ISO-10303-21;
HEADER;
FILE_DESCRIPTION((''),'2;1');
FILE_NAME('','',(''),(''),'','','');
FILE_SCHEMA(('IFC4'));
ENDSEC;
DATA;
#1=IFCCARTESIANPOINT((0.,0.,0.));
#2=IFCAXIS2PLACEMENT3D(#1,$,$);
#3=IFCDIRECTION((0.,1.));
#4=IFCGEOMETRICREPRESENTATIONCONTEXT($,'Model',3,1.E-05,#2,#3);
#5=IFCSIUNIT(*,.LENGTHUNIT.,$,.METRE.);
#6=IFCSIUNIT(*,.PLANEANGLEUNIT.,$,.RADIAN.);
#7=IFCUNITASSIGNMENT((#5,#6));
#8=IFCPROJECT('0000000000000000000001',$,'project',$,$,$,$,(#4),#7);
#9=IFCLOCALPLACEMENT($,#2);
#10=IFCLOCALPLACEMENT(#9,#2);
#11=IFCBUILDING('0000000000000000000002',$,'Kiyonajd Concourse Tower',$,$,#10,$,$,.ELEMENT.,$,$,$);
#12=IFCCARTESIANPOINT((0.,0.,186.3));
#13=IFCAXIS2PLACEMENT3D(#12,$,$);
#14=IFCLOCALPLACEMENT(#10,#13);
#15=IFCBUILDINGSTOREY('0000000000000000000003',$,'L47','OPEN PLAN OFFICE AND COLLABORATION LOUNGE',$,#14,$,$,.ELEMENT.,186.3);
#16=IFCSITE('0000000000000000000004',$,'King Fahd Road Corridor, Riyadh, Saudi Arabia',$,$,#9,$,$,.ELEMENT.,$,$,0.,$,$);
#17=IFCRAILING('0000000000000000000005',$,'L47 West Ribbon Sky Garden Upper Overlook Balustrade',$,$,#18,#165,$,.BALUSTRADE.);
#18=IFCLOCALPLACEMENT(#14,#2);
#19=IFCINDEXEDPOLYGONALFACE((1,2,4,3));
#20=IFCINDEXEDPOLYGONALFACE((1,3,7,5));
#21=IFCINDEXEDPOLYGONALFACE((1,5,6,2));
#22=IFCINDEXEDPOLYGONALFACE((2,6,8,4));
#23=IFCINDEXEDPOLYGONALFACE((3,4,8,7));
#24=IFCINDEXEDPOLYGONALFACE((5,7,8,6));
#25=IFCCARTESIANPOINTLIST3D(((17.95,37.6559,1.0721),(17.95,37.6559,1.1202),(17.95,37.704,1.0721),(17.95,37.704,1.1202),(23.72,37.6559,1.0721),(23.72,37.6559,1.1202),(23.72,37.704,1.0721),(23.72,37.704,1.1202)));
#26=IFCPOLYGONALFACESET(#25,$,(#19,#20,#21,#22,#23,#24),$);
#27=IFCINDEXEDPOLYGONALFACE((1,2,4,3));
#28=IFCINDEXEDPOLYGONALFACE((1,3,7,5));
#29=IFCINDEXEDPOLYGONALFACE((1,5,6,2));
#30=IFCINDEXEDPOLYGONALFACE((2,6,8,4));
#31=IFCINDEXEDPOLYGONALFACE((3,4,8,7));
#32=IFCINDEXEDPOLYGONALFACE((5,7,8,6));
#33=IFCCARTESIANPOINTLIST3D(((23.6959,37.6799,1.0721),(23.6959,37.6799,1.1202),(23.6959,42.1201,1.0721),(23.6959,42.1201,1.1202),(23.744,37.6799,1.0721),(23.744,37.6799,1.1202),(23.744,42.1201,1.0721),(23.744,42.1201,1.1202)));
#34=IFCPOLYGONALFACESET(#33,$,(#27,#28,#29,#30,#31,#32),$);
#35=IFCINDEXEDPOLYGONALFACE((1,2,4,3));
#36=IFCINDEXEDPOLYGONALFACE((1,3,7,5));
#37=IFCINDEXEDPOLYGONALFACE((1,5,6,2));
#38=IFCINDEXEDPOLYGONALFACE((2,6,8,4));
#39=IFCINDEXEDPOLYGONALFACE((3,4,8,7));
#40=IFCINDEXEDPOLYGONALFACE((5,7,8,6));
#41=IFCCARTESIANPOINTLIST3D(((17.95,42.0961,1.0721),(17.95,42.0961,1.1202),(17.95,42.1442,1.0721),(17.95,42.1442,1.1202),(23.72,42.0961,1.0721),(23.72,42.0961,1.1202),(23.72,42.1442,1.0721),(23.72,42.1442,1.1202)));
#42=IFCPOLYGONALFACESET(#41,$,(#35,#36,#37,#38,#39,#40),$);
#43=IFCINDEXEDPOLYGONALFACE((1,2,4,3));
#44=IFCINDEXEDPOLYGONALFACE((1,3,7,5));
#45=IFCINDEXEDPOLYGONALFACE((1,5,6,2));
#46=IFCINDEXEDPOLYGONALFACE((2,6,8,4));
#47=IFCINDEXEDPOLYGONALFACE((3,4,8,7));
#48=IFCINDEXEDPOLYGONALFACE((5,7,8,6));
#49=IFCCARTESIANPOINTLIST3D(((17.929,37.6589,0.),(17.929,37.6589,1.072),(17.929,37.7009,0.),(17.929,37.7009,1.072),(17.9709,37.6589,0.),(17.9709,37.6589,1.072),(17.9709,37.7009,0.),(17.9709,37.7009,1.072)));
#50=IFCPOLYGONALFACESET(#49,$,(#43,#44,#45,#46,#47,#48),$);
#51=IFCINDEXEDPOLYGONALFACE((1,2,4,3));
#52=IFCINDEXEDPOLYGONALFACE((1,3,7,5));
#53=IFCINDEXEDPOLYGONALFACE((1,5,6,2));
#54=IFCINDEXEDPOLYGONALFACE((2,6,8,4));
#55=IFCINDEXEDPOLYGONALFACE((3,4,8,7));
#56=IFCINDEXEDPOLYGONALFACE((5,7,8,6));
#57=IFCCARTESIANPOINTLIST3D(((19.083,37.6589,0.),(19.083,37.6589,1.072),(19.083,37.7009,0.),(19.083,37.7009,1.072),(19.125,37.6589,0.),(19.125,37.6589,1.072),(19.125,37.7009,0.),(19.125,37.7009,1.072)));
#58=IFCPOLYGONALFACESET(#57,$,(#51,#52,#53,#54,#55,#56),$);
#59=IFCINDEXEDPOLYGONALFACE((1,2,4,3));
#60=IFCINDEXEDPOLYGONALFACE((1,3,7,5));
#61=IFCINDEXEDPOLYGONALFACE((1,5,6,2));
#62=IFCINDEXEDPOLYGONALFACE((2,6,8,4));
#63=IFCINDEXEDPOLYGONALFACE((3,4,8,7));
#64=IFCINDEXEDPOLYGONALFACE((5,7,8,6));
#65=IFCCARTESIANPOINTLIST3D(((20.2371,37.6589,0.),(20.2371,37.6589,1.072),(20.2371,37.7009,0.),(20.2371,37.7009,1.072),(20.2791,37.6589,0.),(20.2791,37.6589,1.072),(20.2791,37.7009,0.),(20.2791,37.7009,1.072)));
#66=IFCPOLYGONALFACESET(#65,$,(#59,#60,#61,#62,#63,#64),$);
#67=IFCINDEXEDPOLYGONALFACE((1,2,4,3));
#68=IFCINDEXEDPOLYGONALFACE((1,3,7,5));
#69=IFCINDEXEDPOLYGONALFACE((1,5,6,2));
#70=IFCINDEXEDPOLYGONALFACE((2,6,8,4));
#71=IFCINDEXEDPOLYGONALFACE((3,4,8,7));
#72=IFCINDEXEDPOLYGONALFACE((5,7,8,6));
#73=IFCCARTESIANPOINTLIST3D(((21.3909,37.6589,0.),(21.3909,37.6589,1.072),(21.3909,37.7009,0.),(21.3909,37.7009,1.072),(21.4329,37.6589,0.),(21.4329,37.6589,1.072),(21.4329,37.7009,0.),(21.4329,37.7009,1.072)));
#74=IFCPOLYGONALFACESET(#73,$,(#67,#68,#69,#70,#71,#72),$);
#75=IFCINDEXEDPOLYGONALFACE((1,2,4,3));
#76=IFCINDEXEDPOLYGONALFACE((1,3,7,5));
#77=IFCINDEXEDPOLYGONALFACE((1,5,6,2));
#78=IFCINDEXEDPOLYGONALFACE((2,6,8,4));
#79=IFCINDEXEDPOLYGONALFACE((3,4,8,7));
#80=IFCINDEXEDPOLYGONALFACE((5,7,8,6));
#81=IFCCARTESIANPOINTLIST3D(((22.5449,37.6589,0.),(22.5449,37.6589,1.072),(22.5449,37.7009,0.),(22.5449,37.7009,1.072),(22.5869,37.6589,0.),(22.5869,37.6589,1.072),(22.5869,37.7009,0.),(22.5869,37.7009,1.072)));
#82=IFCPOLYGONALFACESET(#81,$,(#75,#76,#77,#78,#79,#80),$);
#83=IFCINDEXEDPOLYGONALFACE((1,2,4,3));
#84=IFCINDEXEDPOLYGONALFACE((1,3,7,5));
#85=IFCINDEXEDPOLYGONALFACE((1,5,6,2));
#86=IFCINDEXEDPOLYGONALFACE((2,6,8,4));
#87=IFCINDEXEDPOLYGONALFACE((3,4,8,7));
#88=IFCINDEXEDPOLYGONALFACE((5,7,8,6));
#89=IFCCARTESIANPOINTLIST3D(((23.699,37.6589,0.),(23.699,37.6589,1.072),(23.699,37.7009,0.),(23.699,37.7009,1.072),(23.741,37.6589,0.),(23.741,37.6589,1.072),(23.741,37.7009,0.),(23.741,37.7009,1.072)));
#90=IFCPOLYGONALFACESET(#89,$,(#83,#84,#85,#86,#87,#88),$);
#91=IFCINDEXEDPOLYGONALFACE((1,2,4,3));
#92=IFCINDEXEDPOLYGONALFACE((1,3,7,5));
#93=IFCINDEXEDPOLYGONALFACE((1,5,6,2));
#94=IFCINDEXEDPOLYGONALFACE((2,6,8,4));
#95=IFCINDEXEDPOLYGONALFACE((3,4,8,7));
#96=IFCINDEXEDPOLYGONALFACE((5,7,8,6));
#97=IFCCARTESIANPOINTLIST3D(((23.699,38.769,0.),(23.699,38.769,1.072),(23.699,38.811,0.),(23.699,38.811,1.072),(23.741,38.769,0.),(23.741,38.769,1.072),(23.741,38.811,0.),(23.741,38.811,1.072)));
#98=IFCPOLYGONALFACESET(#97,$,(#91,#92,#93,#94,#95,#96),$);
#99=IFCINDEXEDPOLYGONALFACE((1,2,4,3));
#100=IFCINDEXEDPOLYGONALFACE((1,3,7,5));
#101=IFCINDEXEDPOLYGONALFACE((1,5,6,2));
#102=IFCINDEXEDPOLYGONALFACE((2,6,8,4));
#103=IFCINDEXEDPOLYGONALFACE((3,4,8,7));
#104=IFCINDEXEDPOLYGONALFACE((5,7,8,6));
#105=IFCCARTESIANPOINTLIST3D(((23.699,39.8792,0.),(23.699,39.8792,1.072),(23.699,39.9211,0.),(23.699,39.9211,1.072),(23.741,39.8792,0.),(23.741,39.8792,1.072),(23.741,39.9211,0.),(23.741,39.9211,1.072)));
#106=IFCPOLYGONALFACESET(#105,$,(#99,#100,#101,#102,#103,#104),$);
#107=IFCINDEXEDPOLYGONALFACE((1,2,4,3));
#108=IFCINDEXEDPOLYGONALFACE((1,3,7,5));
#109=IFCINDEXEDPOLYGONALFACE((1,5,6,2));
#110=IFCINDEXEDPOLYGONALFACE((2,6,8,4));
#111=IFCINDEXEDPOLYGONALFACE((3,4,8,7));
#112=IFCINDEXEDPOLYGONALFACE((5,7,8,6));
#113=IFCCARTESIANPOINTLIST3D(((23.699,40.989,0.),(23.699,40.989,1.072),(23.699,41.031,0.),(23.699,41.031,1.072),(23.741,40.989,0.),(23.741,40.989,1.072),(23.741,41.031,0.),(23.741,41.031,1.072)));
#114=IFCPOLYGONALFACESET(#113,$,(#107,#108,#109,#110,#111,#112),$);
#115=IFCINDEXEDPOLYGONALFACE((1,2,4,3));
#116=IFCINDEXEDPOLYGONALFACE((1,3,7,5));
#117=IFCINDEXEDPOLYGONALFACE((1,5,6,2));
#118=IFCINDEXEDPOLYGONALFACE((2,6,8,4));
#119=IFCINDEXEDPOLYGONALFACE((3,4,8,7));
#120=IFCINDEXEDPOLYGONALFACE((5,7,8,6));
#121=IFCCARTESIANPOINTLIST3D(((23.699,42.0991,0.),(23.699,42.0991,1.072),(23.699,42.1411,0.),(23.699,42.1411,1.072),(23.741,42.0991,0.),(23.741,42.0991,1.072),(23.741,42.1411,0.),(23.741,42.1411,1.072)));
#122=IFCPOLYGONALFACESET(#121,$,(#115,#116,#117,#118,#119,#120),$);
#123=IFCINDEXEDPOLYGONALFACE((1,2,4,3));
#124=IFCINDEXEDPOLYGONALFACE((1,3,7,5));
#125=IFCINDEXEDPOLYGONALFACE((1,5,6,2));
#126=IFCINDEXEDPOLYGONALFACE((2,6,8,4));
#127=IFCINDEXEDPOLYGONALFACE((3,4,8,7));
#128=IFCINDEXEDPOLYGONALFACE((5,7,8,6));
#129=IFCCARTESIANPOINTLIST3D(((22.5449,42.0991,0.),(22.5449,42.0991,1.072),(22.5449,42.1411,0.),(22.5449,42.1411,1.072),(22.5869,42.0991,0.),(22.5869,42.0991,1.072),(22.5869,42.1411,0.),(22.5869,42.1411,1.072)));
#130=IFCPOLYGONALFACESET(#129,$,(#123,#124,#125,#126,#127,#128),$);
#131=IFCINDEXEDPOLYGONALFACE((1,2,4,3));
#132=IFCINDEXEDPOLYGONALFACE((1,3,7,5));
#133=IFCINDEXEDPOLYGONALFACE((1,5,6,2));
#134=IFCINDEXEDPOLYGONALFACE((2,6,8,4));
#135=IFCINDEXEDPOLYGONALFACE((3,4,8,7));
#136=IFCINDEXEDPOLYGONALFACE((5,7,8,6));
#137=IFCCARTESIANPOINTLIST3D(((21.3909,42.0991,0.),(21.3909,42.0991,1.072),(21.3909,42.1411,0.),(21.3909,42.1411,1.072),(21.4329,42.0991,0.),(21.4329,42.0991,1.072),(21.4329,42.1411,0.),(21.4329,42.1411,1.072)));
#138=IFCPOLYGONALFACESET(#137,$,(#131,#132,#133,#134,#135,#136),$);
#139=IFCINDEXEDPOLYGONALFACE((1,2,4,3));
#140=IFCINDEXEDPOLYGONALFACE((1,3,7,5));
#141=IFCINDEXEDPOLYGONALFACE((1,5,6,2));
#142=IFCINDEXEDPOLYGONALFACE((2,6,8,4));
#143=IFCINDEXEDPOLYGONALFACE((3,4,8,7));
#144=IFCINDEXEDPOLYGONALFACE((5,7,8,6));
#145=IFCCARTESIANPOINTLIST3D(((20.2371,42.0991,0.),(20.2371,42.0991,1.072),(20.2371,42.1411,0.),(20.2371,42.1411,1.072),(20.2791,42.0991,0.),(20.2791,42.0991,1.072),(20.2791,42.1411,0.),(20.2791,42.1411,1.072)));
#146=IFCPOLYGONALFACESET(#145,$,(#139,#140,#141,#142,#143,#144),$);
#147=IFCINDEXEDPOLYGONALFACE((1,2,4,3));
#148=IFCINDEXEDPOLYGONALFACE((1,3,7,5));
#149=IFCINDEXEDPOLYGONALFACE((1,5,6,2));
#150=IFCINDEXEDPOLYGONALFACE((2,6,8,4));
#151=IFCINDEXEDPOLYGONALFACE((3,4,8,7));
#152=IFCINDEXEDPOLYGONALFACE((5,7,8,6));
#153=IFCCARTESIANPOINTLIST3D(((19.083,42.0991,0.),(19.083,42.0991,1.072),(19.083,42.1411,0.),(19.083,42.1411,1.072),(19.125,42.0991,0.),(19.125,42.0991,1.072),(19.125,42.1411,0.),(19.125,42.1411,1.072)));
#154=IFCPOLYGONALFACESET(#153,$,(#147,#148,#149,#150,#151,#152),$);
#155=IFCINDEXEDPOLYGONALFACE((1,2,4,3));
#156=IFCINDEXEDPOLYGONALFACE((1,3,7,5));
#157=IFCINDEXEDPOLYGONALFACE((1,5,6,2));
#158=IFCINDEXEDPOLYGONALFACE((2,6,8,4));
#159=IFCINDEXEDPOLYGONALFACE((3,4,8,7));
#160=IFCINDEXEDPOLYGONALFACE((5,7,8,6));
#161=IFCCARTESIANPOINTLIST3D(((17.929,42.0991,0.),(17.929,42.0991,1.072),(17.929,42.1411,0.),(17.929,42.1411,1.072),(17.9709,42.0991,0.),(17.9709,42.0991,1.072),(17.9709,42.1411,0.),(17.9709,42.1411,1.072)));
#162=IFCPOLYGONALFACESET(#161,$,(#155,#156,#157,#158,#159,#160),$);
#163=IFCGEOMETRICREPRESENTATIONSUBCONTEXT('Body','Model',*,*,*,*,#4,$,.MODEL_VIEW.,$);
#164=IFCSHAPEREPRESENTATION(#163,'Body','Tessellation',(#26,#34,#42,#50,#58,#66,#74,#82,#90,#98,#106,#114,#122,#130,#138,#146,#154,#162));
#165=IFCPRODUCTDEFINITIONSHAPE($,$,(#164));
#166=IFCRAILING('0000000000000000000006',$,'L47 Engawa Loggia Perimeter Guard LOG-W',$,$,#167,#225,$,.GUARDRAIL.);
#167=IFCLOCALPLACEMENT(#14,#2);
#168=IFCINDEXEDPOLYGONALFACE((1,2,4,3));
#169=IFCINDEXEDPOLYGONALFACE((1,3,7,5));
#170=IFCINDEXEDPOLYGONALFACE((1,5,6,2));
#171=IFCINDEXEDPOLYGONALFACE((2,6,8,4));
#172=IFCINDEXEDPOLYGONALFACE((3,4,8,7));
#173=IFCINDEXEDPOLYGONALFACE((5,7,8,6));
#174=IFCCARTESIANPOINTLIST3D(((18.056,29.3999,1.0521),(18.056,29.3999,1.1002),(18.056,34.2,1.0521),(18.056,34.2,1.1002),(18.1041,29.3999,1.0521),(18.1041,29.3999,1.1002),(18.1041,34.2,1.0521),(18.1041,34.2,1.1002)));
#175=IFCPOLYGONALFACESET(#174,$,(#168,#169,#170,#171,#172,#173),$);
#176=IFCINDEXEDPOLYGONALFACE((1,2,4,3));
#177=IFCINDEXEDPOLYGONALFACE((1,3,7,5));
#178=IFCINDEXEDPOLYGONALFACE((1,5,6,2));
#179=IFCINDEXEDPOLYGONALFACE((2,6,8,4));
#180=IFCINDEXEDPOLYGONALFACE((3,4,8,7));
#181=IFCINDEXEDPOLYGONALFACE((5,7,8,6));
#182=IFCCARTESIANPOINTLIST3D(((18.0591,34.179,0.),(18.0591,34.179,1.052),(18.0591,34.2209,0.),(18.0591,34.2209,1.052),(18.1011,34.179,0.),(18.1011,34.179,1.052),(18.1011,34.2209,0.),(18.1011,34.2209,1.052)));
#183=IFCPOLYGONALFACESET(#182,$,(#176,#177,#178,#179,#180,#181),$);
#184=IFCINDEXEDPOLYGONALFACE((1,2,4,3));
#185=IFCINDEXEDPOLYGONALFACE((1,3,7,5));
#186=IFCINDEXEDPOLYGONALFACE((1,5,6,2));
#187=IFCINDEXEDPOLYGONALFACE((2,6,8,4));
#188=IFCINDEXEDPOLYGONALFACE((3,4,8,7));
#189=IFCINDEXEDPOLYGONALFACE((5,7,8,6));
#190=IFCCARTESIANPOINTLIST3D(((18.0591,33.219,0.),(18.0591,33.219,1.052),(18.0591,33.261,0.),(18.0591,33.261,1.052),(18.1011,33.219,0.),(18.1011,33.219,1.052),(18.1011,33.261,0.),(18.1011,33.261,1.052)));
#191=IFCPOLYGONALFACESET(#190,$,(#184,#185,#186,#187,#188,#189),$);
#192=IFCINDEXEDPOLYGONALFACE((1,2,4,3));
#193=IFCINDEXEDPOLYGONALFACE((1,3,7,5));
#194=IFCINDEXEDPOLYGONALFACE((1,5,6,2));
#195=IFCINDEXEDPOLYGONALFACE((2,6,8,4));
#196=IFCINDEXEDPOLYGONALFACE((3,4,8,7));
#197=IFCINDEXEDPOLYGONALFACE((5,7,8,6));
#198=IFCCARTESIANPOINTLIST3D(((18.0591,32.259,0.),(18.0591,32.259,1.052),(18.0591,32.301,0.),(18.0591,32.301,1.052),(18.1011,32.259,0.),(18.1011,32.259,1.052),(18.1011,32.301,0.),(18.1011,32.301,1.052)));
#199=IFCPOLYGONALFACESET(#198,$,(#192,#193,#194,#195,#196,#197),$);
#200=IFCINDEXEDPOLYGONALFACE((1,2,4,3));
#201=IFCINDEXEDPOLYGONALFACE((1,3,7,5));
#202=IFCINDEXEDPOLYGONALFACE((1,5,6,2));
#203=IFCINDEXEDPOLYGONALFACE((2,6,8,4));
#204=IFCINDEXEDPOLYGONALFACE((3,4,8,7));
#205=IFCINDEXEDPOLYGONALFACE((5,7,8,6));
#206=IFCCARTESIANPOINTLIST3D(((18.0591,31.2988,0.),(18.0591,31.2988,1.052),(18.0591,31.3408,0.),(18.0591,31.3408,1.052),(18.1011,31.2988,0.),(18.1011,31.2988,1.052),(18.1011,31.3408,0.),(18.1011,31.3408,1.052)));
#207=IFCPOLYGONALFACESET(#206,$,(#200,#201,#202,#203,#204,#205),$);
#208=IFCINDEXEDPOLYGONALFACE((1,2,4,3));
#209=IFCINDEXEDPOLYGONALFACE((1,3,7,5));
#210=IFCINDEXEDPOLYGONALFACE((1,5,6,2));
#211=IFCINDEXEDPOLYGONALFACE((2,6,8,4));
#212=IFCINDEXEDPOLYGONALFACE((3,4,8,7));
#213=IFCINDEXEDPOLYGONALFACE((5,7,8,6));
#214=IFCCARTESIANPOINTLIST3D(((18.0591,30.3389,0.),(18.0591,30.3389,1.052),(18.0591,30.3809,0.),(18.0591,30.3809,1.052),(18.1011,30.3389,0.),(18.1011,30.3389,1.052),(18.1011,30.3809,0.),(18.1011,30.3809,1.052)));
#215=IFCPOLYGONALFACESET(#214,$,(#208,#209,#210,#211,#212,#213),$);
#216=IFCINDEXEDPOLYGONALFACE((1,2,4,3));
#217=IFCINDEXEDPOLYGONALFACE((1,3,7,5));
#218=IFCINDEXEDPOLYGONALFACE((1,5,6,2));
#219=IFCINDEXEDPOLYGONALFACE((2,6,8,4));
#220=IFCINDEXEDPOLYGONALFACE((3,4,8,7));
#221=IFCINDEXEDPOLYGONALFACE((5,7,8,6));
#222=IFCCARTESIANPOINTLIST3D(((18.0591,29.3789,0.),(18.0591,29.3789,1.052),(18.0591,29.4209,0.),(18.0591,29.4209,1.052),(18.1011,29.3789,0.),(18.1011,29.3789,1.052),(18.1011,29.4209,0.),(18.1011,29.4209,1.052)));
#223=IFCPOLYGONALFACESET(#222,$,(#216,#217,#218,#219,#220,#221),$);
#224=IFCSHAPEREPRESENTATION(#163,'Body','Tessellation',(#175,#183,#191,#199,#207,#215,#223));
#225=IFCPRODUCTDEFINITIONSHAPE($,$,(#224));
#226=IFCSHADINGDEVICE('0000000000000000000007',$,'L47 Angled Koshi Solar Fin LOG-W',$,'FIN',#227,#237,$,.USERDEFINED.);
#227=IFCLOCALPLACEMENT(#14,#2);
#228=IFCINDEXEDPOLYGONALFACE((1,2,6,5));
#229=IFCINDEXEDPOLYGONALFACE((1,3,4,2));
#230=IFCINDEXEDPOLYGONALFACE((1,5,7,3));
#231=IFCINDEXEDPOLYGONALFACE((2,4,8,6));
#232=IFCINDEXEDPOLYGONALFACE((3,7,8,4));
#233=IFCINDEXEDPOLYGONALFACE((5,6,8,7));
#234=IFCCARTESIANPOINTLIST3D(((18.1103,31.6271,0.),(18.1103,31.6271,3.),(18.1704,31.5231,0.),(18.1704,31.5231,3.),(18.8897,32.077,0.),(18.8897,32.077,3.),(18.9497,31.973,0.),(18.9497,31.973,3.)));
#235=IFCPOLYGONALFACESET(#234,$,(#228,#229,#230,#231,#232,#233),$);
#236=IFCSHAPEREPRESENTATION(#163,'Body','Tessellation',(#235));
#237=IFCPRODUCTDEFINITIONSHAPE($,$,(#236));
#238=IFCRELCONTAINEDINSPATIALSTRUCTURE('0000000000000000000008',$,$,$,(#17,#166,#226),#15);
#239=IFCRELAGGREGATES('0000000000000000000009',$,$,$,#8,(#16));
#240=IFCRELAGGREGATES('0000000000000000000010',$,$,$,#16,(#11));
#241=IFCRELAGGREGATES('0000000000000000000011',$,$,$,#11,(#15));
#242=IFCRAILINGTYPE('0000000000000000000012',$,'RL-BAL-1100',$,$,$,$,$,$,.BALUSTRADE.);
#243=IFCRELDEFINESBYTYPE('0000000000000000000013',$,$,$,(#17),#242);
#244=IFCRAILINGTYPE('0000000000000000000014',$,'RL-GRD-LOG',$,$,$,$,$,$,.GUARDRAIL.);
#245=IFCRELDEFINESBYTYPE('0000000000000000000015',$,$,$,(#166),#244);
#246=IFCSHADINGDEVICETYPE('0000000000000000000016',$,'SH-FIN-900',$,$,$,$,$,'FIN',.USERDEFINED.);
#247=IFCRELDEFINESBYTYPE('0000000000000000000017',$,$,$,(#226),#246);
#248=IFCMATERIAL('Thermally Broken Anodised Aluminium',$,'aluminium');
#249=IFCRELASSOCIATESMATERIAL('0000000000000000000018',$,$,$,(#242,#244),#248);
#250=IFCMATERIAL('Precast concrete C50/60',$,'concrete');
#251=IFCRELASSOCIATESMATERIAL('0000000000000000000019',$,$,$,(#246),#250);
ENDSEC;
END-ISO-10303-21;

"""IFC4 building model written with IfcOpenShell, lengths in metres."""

from ifc_helpers import new_model, si_unit, direction, frame, origin, origin_2d, place, context, subcontext, project, spatial, rectangle, extrude, material, type_object, element, save


model = new_model("IFC4")

# Units and contexts
model_context = context("Model", 3, precision=1e-05, world=origin(), true_north=direction((0.0, 1.0)))
body_context = subcontext(model_context, "Body", "Model", "MODEL_VIEW")
ifc_project = project(units=[si_unit("LENGTHUNIT", "METRE"), si_unit("PLANEANGLEUNIT", "RADIAN")], contexts=[model_context])

# Site, building, storey
site_placement = place(None, origin())
site = spatial("IfcSite", under=ifc_project, at=site_placement, Name="King Fahd Road Corridor, Riyadh, Saudi Arabia", CompositionType="ELEMENT", RefElevation=0.0)
building_placement = place(site_placement, origin())
building = spatial("IfcBuilding", under=site, at=building_placement, Name="Kiyonajd Concourse Tower", CompositionType="ELEMENT")
storey_placement = place(building_placement, frame((0.0, 0.0, 186.3)))
storey = spatial("IfcBuildingStorey", under=building, at=storey_placement, Name="L47", Description="OPEN PLAN OFFICE AND COLLABORATION LOUNGE", CompositionType="ELEMENT", Elevation=186.3)

# Shared definitions
ifc_material_1 = material(Name="Thermally Broken Anodised Aluminium", Category="aluminium")

# Shared definitions
ifc_material_2 = material(Name="Precast concrete C50/60", Category="concrete")

# Railings
railing_type_1 = type_object("IfcRailingType", Name="RL-BAL-1100", PredefinedType="BALUSTRADE", material=ifc_material_1)
railing_1_placement = place(storey_placement, frame((17.95, 37.6799, 0.0)))
element("IfcRailing", 1, at=railing_1_placement, inside=storey, type_object=railing_type_1, Name="L47 West Ribbon Sky Garden Upper Overlook Balustrade", PredefinedType="BALUSTRADE", context=body_context, shape_type="SweptSolid", body=[
    extrude(rectangle(XDim=0.0481, YDim=0.0481, at=origin_2d()), frame((0.0, 0.0, 1.0962), z_axis=(1.0, 0.0, 0.0), x_axis=(0.0, 1.0, 0.0)), (0.0, 0.0, 1.0), 5.77),
    extrude(rectangle(XDim=0.0481, YDim=0.0481, at=origin_2d()), frame((5.77, 0.0, 1.0962), z_axis=(0.0, 1.0, 0.0), x_axis=(-1.0, 0.0, 0.0)), (0.0, 0.0, 1.0), 4.4402),
    extrude(rectangle(XDim=0.0481, YDim=0.0481, at=origin_2d()), frame((5.77, 4.4402, 1.0962), z_axis=(-1.0, 0.0, 0.0), x_axis=(0.0, -1.0, 0.0)), (0.0, 0.0, 1.0), 5.77),
    extrude(rectangle(XDim=0.042, YDim=0.042, at=origin_2d()), origin(), (0.0, 0.0, 1.0), 1.072),
    extrude(rectangle(XDim=0.042, YDim=0.042, at=origin_2d()), frame((1.1541, 0.0, 0.0)), (0.0, 0.0, 1.0), 1.072),
    extrude(rectangle(XDim=0.042, YDim=0.042, at=origin_2d()), frame((2.3081, 0.0, 0.0)), (0.0, 0.0, 1.0), 1.072),
    extrude(rectangle(XDim=0.042, YDim=0.042, at=origin_2d()), frame((3.4619, 0.0, 0.0)), (0.0, 0.0, 1.0), 1.072),
    extrude(rectangle(XDim=0.042, YDim=0.042, at=origin_2d()), frame((4.616, 0.0, 0.0)), (0.0, 0.0, 1.0), 1.072),
    extrude(rectangle(XDim=0.042, YDim=0.042, at=origin_2d()), frame((5.77, 0.0, 0.0)), (0.0, 0.0, 1.0), 1.072),
    extrude(rectangle(XDim=0.042, YDim=0.042, at=origin_2d()), frame((5.77, 1.1101, 0.0)), (0.0, 0.0, 1.0), 1.072),
    extrude(rectangle(XDim=0.042, YDim=0.042, at=origin_2d()), frame((5.77, 2.2202, 0.0)), (0.0, 0.0, 1.0), 1.072),
    extrude(rectangle(XDim=0.042, YDim=0.042, at=origin_2d()), frame((5.77, 3.3301, 0.0)), (0.0, 0.0, 1.0), 1.072),
    extrude(rectangle(XDim=0.042, YDim=0.042, at=origin_2d()), frame((5.77, 4.4402, 0.0)), (0.0, 0.0, 1.0), 1.072),
    extrude(rectangle(XDim=0.042, YDim=0.042, at=origin_2d()), frame((4.616, 4.4402, 0.0)), (0.0, 0.0, 1.0), 1.072),
    extrude(rectangle(XDim=0.042, YDim=0.042, at=origin_2d()), frame((3.4619, 4.4402, 0.0)), (0.0, 0.0, 1.0), 1.072),
    extrude(rectangle(XDim=0.042, YDim=0.042, at=origin_2d()), frame((2.3081, 4.4402, 0.0)), (0.0, 0.0, 1.0), 1.072),
    extrude(rectangle(XDim=0.042, YDim=0.042, at=origin_2d()), frame((1.1541, 4.4402, 0.0)), (0.0, 0.0, 1.0), 1.072),
    extrude(rectangle(XDim=0.042, YDim=0.042, at=origin_2d()), frame((0.0, 4.4402, 0.0)), (0.0, 0.0, 1.0), 1.072),
])
railing_type_2 = type_object("IfcRailingType", Name="RL-GRD-LOG", PredefinedType="GUARDRAIL", material=ifc_material_1)
railing_2_placement = place(storey_placement, frame((18.0801, 34.2, 0.0)))
element("IfcRailing", 2, at=railing_2_placement, inside=storey, type_object=railing_type_2, Name="L47 Engawa Loggia Perimeter Guard LOG-W", PredefinedType="GUARDRAIL", context=body_context, shape_type="SweptSolid", body=[
    extrude(rectangle(XDim=0.0481, YDim=0.0481, at=origin_2d()), frame((0.0, 0.0, 1.0762), z_axis=(0.0, -1.0, 0.0), x_axis=(1.0, 0.0, 0.0)), (0.0, 0.0, 1.0), 4.8),
    extrude(rectangle(XDim=0.042, YDim=0.042, at=origin_2d()), origin(), (0.0, 0.0, 1.0), 1.052),
    extrude(rectangle(XDim=0.042, YDim=0.042, at=origin_2d()), frame((0.0, -0.96, 0.0)), (0.0, 0.0, 1.0), 1.052),
    extrude(rectangle(XDim=0.042, YDim=0.042, at=origin_2d()), frame((0.0, -1.9199, 0.0)), (0.0, 0.0, 1.0), 1.052),
    extrude(rectangle(XDim=0.042, YDim=0.042, at=origin_2d()), frame((0.0, -2.8801, 0.0)), (0.0, 0.0, 1.0), 1.052),
    extrude(rectangle(XDim=0.042, YDim=0.042, at=origin_2d()), frame((0.0, -3.8401, 0.0)), (0.0, 0.0, 1.0), 1.052),
    extrude(rectangle(XDim=0.042, YDim=0.042, at=origin_2d()), frame((0.0, -4.8, 0.0)), (0.0, 0.0, 1.0), 1.052),
])

# Shading device
shading_device_type_1 = type_object("IfcShadingDeviceType", Name="SH-FIN-900", ElementType="FIN", PredefinedType="USERDEFINED", material=ifc_material_2)
shading_device_1_placement = place(storey_placement, frame((18.53, 31.8, 0.0), z_axis=(0.0, 0.0, 1.0), x_axis=(0.866025, 0.5, 0.0)))
element("IfcShadingDevice", 3, at=shading_device_1_placement, inside=storey, type_object=shading_device_type_1, Name="L47 Angled Koshi Solar Fin LOG-W", ObjectType="FIN", PredefinedType="USERDEFINED", context=body_context, shape_type="SweptSolid", body=[
    extrude(rectangle(XDim=0.8999, YDim=0.1201, at=origin_2d()), origin(), (0.0, 0.0, 1.0), 3.0),
])

save(model, "model.ifc")
